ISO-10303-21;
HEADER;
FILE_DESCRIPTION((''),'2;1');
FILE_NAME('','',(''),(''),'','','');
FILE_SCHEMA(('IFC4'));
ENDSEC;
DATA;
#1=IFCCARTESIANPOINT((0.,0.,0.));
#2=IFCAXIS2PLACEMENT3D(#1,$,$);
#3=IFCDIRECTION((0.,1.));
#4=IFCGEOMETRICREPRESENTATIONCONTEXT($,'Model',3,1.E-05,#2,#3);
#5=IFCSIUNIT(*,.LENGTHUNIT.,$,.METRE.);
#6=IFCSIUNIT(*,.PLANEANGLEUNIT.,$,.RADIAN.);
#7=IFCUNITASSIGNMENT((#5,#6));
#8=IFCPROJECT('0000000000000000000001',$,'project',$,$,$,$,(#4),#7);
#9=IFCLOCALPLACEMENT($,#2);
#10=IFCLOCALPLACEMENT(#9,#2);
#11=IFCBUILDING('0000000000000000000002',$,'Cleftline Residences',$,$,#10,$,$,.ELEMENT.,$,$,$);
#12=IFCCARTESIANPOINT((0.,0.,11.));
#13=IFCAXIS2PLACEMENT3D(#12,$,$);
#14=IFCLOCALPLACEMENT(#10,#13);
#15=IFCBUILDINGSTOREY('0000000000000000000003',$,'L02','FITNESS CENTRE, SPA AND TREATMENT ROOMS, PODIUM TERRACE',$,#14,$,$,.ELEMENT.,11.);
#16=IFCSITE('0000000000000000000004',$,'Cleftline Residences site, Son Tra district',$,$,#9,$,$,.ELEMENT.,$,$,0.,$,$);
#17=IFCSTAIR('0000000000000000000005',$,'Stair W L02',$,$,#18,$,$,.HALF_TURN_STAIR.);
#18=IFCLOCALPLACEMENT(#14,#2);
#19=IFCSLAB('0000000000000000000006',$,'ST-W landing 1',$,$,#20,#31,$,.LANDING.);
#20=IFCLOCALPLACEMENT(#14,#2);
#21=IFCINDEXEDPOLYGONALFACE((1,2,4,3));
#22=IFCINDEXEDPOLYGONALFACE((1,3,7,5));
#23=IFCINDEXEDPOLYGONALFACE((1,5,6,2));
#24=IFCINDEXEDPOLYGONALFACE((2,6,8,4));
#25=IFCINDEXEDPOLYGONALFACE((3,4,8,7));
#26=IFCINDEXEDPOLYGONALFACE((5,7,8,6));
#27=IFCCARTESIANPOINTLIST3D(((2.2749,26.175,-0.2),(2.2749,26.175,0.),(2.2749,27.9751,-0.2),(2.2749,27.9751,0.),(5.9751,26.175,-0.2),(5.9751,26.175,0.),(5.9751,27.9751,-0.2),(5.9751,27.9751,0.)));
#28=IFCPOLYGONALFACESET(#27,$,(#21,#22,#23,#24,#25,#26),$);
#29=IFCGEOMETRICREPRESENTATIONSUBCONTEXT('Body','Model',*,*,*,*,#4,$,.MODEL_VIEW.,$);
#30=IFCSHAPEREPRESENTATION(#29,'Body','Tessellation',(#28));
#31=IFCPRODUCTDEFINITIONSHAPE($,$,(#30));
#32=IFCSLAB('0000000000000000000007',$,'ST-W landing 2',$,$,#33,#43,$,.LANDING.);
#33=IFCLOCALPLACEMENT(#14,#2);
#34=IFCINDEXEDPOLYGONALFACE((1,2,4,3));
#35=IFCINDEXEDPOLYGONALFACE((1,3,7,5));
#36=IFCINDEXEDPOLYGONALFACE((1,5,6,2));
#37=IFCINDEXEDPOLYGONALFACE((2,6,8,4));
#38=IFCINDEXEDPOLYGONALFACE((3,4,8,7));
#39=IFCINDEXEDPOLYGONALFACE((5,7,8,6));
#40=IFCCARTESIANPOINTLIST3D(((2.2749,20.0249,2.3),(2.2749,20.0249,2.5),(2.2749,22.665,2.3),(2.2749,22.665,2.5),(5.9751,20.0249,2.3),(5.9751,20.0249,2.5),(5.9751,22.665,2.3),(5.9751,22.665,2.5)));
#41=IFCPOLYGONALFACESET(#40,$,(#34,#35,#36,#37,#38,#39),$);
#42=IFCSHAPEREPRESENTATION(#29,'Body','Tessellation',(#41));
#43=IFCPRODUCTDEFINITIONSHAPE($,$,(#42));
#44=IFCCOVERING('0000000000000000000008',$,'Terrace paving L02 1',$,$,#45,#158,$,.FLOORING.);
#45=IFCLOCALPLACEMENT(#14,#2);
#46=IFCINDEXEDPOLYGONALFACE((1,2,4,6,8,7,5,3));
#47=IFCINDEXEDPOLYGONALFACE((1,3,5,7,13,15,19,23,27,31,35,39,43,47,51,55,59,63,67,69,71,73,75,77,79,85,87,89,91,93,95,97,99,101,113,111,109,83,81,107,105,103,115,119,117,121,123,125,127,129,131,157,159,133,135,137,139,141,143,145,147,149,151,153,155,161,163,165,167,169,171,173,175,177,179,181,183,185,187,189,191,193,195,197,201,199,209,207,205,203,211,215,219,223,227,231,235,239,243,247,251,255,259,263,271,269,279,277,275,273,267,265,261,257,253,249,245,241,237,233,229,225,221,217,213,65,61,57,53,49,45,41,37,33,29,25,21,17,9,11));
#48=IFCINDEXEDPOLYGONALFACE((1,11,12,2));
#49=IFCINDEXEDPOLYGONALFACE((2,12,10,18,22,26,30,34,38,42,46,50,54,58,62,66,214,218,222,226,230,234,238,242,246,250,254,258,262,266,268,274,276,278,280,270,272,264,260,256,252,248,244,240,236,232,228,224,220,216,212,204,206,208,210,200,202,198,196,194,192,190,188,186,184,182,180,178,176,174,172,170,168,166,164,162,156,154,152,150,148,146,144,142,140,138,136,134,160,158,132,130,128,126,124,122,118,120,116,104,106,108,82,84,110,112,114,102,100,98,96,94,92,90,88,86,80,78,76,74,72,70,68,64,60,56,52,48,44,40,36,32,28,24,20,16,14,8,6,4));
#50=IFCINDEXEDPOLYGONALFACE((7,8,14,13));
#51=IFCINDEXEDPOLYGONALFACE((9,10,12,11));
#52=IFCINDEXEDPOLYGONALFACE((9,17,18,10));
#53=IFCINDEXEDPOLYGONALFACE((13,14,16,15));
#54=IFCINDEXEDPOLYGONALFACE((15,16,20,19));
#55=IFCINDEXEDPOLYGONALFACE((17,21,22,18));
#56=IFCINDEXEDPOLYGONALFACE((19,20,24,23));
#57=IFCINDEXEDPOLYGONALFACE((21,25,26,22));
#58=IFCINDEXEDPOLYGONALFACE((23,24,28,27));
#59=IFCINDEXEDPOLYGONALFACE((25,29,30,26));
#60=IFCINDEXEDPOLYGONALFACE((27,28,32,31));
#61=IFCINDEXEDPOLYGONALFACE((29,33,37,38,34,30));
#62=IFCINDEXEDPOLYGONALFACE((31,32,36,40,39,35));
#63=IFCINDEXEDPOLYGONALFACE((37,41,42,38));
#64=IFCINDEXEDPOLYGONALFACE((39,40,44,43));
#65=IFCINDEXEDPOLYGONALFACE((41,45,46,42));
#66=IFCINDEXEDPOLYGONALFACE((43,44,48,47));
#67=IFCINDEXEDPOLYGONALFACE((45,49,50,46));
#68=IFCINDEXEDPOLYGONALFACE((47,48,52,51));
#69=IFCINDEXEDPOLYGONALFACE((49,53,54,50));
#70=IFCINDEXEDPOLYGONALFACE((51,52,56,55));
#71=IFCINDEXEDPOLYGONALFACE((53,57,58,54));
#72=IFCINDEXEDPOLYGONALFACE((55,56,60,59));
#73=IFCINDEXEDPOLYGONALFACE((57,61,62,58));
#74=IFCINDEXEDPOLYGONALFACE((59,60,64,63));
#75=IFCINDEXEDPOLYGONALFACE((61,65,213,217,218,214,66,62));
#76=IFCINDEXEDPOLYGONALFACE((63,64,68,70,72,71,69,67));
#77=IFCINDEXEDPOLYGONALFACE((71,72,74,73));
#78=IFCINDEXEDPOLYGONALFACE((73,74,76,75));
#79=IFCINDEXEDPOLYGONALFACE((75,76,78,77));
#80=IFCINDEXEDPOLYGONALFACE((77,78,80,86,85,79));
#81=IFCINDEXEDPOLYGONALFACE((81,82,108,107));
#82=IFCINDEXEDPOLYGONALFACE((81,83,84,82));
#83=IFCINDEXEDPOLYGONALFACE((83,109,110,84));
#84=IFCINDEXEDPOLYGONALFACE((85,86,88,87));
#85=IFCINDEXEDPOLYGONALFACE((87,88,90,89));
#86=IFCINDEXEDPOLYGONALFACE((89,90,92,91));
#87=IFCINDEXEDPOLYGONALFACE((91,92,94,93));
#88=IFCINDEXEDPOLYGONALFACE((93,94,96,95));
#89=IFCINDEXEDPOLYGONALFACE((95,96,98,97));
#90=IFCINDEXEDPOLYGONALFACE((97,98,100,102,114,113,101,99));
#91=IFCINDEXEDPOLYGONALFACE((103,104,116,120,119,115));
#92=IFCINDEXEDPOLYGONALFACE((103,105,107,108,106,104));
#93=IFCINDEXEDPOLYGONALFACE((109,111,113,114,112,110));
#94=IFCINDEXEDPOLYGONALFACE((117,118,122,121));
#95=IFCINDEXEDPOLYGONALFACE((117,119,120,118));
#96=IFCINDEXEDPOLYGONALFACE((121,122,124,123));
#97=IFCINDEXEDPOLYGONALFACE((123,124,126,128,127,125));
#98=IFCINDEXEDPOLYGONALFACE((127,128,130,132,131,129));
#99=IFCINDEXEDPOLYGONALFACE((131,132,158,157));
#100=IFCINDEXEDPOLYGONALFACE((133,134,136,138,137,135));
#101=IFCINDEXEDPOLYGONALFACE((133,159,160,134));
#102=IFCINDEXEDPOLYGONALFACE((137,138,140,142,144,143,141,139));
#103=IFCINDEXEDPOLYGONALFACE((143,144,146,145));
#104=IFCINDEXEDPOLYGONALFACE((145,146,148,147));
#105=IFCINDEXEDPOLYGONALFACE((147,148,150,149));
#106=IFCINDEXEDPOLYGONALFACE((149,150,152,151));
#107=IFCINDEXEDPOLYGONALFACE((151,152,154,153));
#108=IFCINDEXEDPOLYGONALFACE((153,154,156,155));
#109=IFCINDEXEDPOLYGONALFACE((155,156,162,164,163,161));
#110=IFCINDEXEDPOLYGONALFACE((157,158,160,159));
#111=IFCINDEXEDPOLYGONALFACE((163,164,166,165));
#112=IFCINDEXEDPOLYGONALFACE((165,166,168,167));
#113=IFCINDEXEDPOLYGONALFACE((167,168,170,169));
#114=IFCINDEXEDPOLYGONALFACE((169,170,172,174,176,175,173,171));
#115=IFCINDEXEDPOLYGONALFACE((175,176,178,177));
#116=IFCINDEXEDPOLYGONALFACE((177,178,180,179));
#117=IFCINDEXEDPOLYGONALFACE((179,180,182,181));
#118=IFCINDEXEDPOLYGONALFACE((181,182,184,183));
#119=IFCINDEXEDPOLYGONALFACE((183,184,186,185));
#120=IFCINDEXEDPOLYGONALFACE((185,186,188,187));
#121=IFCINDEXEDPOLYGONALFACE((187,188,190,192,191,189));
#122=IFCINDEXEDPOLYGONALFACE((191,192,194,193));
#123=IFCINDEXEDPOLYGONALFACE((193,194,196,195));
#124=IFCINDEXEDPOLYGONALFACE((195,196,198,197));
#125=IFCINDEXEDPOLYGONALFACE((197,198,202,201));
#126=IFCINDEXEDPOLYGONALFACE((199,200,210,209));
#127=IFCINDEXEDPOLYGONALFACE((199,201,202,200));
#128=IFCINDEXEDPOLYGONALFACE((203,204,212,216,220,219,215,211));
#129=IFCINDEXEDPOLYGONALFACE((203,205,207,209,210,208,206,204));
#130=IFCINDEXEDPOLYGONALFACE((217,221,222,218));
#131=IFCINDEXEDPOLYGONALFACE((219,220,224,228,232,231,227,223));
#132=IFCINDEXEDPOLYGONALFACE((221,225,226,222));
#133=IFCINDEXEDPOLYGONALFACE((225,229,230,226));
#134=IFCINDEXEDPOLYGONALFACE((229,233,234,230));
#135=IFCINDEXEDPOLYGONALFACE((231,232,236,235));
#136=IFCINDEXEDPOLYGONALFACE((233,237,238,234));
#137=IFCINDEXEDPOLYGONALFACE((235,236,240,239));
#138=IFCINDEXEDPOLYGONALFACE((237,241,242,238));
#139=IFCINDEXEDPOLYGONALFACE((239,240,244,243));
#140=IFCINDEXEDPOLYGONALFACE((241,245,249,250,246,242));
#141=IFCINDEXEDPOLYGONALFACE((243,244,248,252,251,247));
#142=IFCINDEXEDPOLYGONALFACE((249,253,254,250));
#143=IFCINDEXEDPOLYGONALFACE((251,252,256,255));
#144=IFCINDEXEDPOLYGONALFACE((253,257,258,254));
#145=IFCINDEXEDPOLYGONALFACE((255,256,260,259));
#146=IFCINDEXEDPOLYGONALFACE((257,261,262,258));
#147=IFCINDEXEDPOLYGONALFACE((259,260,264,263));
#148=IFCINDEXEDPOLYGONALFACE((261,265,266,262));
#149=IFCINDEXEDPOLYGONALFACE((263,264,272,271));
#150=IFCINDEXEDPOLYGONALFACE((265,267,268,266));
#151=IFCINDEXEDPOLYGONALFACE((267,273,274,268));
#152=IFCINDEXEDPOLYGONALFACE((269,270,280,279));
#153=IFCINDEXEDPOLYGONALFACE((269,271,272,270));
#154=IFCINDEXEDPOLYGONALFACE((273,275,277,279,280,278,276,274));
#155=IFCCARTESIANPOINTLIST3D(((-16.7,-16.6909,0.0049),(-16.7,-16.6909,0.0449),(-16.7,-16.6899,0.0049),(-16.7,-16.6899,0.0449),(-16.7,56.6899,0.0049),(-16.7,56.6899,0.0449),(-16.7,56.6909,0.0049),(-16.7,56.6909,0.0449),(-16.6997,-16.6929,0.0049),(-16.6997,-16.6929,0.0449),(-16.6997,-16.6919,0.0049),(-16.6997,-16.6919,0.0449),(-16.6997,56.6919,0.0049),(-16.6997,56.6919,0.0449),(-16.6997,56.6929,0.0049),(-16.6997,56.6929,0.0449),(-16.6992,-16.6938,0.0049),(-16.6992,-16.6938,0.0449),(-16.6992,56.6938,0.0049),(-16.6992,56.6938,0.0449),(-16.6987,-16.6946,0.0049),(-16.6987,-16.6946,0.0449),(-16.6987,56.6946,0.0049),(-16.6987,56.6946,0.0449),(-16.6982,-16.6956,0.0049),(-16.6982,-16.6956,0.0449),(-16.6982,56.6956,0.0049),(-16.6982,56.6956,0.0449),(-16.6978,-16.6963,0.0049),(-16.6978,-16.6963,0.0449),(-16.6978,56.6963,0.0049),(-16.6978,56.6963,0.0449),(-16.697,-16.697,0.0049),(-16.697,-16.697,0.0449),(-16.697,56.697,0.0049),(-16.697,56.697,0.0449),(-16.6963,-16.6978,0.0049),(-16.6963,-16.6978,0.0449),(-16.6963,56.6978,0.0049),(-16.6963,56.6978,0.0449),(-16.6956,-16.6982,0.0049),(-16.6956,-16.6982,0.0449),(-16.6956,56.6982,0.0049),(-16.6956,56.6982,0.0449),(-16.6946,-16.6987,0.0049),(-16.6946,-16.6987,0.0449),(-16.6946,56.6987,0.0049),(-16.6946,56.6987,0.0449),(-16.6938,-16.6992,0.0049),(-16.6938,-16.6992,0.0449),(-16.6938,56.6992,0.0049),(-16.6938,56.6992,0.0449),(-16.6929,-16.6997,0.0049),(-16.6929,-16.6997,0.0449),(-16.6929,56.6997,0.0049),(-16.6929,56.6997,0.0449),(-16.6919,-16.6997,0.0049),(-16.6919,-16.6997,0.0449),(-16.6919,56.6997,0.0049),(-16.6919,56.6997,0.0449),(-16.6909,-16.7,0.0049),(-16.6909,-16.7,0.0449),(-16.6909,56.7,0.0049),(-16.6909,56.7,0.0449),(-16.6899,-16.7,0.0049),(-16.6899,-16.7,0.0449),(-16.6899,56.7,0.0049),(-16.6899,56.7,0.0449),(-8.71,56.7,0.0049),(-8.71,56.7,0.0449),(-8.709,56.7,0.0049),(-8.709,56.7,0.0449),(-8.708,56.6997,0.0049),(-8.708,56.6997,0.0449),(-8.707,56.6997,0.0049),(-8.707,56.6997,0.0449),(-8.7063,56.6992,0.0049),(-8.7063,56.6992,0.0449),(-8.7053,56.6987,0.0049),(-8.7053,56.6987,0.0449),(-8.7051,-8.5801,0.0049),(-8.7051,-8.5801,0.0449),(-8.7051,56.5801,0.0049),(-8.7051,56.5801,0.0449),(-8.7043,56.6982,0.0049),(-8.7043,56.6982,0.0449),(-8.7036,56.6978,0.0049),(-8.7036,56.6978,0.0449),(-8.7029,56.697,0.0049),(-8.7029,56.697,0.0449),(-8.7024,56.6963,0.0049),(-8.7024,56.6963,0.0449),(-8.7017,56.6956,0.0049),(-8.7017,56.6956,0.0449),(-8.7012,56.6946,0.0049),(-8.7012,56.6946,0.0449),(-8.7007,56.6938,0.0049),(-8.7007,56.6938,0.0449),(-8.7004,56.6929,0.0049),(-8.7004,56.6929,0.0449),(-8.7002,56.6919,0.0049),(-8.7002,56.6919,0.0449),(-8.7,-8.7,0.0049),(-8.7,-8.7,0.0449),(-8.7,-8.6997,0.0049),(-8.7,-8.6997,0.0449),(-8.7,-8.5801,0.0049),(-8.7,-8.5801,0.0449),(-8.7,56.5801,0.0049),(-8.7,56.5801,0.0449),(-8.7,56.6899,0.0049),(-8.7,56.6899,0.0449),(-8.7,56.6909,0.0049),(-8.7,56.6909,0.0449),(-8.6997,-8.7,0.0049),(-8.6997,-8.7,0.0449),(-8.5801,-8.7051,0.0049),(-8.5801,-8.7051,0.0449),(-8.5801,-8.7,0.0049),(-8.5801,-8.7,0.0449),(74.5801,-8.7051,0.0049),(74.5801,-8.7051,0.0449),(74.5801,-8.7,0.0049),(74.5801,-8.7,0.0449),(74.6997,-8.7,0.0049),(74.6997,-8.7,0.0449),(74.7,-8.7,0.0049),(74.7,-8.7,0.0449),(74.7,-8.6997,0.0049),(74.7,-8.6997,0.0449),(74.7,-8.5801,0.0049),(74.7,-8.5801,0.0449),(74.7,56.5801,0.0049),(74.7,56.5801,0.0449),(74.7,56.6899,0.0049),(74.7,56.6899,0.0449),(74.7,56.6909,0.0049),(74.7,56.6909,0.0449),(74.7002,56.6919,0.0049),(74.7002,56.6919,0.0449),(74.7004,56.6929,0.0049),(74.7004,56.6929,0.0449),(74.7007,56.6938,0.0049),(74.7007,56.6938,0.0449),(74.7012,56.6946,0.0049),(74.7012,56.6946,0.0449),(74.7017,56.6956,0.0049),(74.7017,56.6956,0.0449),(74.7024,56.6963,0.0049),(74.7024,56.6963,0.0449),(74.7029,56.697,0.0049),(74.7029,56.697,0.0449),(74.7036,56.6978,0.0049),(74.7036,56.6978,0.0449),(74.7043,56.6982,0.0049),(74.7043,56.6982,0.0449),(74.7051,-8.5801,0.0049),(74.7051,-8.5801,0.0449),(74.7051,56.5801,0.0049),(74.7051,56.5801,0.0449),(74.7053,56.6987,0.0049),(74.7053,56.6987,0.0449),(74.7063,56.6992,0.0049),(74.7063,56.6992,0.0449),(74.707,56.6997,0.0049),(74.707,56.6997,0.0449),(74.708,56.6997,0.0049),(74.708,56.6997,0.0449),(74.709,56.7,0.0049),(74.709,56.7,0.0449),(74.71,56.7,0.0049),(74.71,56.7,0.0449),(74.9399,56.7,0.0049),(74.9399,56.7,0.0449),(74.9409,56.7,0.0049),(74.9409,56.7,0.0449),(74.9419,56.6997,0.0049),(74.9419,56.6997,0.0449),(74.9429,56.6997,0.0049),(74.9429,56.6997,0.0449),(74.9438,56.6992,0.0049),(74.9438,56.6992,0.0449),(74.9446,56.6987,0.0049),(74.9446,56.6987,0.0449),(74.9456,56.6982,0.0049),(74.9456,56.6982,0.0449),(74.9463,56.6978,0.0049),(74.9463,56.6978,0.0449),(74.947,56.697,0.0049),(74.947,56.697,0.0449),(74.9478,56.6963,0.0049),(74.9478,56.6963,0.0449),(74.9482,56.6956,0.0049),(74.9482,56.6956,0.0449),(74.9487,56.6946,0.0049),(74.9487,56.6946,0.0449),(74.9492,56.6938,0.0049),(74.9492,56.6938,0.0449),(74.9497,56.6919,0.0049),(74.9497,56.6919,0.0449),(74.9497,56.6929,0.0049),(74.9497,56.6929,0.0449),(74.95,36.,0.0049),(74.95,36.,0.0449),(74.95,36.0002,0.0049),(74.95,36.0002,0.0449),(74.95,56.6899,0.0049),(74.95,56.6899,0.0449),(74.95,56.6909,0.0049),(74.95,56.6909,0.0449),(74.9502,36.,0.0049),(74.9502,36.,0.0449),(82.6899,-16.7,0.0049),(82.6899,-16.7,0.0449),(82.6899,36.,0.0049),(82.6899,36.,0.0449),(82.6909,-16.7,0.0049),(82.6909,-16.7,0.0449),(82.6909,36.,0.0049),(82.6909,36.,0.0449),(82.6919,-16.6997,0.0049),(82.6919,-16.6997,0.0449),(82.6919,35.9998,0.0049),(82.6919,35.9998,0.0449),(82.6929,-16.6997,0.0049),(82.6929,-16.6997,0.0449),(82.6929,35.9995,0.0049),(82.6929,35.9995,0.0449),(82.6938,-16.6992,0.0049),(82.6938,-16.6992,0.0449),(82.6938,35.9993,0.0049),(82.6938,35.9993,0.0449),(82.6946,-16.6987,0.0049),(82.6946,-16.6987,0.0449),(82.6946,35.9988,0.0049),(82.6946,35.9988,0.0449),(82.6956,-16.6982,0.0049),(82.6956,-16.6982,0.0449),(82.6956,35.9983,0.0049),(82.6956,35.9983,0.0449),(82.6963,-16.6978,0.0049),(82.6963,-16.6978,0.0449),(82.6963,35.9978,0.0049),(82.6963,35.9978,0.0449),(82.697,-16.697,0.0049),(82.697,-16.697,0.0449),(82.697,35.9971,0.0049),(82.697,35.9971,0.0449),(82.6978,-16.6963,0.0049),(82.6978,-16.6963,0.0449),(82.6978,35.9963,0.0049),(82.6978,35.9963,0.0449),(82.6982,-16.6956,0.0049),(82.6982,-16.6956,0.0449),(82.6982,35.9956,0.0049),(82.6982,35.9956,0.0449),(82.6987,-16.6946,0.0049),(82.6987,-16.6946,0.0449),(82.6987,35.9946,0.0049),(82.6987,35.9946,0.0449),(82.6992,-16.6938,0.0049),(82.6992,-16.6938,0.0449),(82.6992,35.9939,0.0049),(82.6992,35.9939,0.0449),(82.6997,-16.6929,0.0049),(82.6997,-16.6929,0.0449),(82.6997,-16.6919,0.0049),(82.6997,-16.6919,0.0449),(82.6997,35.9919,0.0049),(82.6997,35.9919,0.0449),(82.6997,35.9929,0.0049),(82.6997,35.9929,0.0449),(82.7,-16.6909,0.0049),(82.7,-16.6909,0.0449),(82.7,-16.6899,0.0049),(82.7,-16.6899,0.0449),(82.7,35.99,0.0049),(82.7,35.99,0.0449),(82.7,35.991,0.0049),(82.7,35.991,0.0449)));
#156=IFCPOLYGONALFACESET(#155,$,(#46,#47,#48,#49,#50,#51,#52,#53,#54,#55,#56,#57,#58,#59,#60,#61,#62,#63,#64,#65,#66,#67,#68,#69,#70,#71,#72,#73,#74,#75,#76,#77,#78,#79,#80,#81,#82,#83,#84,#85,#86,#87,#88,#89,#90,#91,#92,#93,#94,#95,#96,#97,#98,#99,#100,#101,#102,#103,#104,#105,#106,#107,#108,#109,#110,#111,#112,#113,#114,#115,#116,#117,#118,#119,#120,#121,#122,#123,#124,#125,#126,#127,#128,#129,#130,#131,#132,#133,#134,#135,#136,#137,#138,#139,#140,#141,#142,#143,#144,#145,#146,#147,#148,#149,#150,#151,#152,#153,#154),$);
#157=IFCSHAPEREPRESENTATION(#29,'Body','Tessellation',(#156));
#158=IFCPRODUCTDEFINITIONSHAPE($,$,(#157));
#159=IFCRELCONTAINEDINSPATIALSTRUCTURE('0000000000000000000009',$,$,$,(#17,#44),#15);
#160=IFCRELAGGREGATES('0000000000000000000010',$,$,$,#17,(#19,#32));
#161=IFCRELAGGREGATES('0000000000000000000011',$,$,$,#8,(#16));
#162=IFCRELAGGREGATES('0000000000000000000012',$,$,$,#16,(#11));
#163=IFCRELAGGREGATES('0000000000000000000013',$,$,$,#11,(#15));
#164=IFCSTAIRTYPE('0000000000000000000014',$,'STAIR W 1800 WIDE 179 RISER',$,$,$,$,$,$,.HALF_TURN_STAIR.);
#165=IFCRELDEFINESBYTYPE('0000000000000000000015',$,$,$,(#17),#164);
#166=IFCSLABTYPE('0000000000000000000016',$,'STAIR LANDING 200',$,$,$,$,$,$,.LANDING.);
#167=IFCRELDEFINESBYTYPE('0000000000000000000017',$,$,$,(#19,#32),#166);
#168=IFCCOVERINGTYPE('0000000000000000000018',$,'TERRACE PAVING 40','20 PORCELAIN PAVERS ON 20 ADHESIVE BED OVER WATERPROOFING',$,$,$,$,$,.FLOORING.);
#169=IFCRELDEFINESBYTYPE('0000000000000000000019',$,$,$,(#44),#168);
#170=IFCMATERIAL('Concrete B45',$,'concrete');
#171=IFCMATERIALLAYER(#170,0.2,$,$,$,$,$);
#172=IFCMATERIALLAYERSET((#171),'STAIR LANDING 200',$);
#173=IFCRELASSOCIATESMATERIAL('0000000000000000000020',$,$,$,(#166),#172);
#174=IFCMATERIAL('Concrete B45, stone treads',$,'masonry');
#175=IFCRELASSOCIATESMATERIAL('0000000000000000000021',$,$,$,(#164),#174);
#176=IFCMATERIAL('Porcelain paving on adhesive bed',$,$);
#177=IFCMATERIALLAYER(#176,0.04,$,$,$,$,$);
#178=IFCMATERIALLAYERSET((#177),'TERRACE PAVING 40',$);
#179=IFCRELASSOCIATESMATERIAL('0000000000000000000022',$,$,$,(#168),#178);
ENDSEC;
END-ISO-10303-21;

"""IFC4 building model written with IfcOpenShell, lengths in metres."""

from ifc_helpers import new_model, si_unit, direction, frame, origin, place, context, subcontext, project, spatial, polyline, outline, extrude, material, layer, layer_set, type_object, element, aggregate, save


model = new_model("IFC4")

# Units and contexts
model_context = context("Model", 3, precision=1e-05, world=origin(), true_north=direction((0.0, 1.0)))
body_context = subcontext(model_context, "Body", "Model", "MODEL_VIEW")
ifc_project = project(units=[si_unit("LENGTHUNIT", "METRE"), si_unit("PLANEANGLEUNIT", "RADIAN")], contexts=[model_context])

# Site, building, storey
site_placement = place(None, origin())
site = spatial("IfcSite", under=ifc_project, at=site_placement, Name="Cleftline Residences site, Son Tra district", CompositionType="ELEMENT", RefElevation=0.0)
building_placement = place(site_placement, origin())
building = spatial("IfcBuilding", under=site, at=building_placement, Name="Cleftline Residences", CompositionType="ELEMENT")
storey_placement = place(building_placement, frame((0.0, 0.0, 11.0)))
storey = spatial("IfcBuildingStorey", under=building, at=storey_placement, Name="L02", Description="FITNESS CENTRE, SPA AND TREATMENT ROOMS, PODIUM TERRACE", CompositionType="ELEMENT", Elevation=11.0)

# Shared definitions
ifc_material_1 = material(Name="Concrete B45", Category="concrete")
ifc_layer_1 = layer(ifc_material_1, 0.2)
ifc_layer_set_1 = layer_set([ifc_layer_1], Name="STAIR LANDING 200")
slab_type = type_object("IfcSlabType", Name="STAIR LANDING 200", PredefinedType="LANDING", material=ifc_layer_set_1)

# Stair, slabs
ifc_material_2 = material(Name="Concrete B45, stone treads", Category="masonry")
stair_type_1 = type_object("IfcStairType", Name="STAIR W 1800 WIDE 179 RISER", PredefinedType="HALF_TURN_STAIR", material=ifc_material_2)
stair_1_placement = place(storey_placement, origin())
stair_1 = element("IfcStair", 1, at=stair_1_placement, inside=storey, type_object=stair_type_1, Name="Stair W L02", PredefinedType="HALF_TURN_STAIR")
slab_1_placement = place(storey_placement, frame((0.0, 0.0, -0.2)))
slab_1 = element("IfcSlab", 2, at=slab_1_placement, type_object=slab_type, Name="ST-W landing 1", PredefinedType="LANDING", context=body_context, shape_type="SweptSolid", body=[
    extrude(outline(polyline([(2.2749, 26.175), (5.9751, 26.175), (5.9751, 27.9751), (2.2749, 27.9751), (2.2749, 26.175)])), origin(), (0.0, 0.0, 1.0), 0.2),
])
slab_2_placement = place(storey_placement, frame((0.0, 0.0, 2.3)))
slab_2 = element("IfcSlab", 3, at=slab_2_placement, type_object=slab_type, Name="ST-W landing 2", PredefinedType="LANDING", context=body_context, shape_type="SweptSolid", body=[
    extrude(outline(polyline([(2.2749, 20.0249), (5.9751, 20.0249), (5.9751, 22.665), (2.2749, 22.665), (2.2749, 20.0249)])), origin(), (0.0, 0.0, 1.0), 0.2),
])
aggregate(stair_1, [slab_1, slab_2])

# Covering
ifc_material_3 = material(Name="Porcelain paving on adhesive bed")
ifc_layer_2 = layer(ifc_material_3, 0.04)
ifc_layer_set_2 = layer_set([ifc_layer_2], Name="TERRACE PAVING 40")
covering_type_1 = type_object("IfcCoveringType", Name="TERRACE PAVING 40", Description="20 PORCELAIN PAVERS ON 20 ADHESIVE BED OVER WATERPROOFING", PredefinedType="FLOORING", material=ifc_layer_set_2)
covering_1_placement = place(storey_placement, frame((0.0, 0.0, 0.0049)))
element("IfcCovering", 4, at=covering_1_placement, inside=storey, type_object=covering_type_1, Name="Terrace paving L02 1", PredefinedType="FLOORING", context=body_context, shape_type="SweptSolid", body=[
    extrude(outline(polyline([(82.6899, -16.7), (82.6909, -16.7), (82.6919, -16.6997), (82.6929, -16.6997), (82.6938, -16.6992), (82.6946, -16.6987), (82.6956, -16.6982), (82.6963, -16.6978), (82.697, -16.697), (82.6978, -16.6963), (82.6982, -16.6956), (82.6987, -16.6946), (82.6992, -16.6938), (82.6997, -16.6929), (82.6997, -16.6919), (82.7, -16.6909), (82.7, -16.6899), (82.7, 35.99), (82.7, 35.991), (82.6997, 35.9919), (82.6997, 35.9929), (82.6992, 35.9939), (82.6987, 35.9946), (82.6982, 35.9956), (82.6978, 35.9963), (82.697, 35.9971), (82.6963, 35.9978), (82.6956, 35.9983), (82.6946, 35.9988), (82.6938, 35.9993), (82.6929, 35.9995), (82.6919, 35.9998), (82.6909, 36.0), (82.6899, 36.0), (74.9502, 36.0), (74.95, 36.0), (74.95, 36.0002), (74.95, 56.6899), (74.95, 56.6909), (74.9497, 56.6919), (74.9497, 56.6929), (74.9492, 56.6938), (74.9487, 56.6946), (74.9482, 56.6956), (74.9478, 56.6963), (74.947, 56.697), (74.9463, 56.6978), (74.9456, 56.6982), (74.9446, 56.6987), (74.9438, 56.6992), (74.9429, 56.6997), (74.9419, 56.6997), (74.9409, 56.7), (74.9399, 56.7), (74.71, 56.7), (74.709, 56.7), (74.708, 56.6997), (74.707, 56.6997), (74.7063, 56.6992), (74.7053, 56.6987), (74.7043, 56.6982), (74.7036, 56.6978), (74.7029, 56.697), (74.7024, 56.6963), (74.7017, 56.6956), (74.7012, 56.6946), (74.7007, 56.6938), (74.7004, 56.6929), (74.7002, 56.6919), (74.7, 56.6909), (74.7, 56.6899), (74.7, 56.5801), (74.7051, 56.5801), (74.7051, -8.5801), (74.7, -8.5801), (74.7, -8.6997), (74.7, -8.7), (74.6997, -8.7), (74.5801, -8.7), (74.5801, -8.7051), (-8.5801, -8.7051), (-8.5801, -8.7), (-8.6997, -8.7), (-8.7, -8.7), (-8.7, -8.6997), (-8.7, -8.5801), (-8.7051, -8.5801), (-8.7051, 56.5801), (-8.7, 56.5801), (-8.7, 56.6899), (-8.7, 56.6909), (-8.7002, 56.6919), (-8.7004, 56.6929), (-8.7007, 56.6938), (-8.7012, 56.6946), (-8.7017, 56.6956), (-8.7024, 56.6963), (-8.7029, 56.697), (-8.7036, 56.6978), (-8.7043, 56.6982), (-8.7053, 56.6987), (-8.7063, 56.6992), (-8.707, 56.6997), (-8.708, 56.6997), (-8.709, 56.7), (-8.71, 56.7), (-16.6899, 56.7), (-16.6909, 56.7), (-16.6919, 56.6997), (-16.6929, 56.6997), (-16.6938, 56.6992), (-16.6946, 56.6987), (-16.6956, 56.6982), (-16.6963, 56.6978), (-16.697, 56.697), (-16.6978, 56.6963), (-16.6982, 56.6956), (-16.6987, 56.6946), (-16.6992, 56.6938), (-16.6997, 56.6929), (-16.6997, 56.6919), (-16.7, 56.6909), (-16.7, 56.6899), (-16.7, -16.6899), (-16.7, -16.6909), (-16.6997, -16.6919), (-16.6997, -16.6929), (-16.6992, -16.6938), (-16.6987, -16.6946), (-16.6982, -16.6956), (-16.6978, -16.6963), (-16.697, -16.697), (-16.6963, -16.6978), (-16.6956, -16.6982), (-16.6946, -16.6987), (-16.6938, -16.6992), (-16.6929, -16.6997), (-16.6919, -16.6997), (-16.6909, -16.7), (-16.6899, -16.7), (82.6899, -16.7)])), origin(), (0.0, 0.0, 1.0), 0.04),
])

save(model, "model.ifc")
